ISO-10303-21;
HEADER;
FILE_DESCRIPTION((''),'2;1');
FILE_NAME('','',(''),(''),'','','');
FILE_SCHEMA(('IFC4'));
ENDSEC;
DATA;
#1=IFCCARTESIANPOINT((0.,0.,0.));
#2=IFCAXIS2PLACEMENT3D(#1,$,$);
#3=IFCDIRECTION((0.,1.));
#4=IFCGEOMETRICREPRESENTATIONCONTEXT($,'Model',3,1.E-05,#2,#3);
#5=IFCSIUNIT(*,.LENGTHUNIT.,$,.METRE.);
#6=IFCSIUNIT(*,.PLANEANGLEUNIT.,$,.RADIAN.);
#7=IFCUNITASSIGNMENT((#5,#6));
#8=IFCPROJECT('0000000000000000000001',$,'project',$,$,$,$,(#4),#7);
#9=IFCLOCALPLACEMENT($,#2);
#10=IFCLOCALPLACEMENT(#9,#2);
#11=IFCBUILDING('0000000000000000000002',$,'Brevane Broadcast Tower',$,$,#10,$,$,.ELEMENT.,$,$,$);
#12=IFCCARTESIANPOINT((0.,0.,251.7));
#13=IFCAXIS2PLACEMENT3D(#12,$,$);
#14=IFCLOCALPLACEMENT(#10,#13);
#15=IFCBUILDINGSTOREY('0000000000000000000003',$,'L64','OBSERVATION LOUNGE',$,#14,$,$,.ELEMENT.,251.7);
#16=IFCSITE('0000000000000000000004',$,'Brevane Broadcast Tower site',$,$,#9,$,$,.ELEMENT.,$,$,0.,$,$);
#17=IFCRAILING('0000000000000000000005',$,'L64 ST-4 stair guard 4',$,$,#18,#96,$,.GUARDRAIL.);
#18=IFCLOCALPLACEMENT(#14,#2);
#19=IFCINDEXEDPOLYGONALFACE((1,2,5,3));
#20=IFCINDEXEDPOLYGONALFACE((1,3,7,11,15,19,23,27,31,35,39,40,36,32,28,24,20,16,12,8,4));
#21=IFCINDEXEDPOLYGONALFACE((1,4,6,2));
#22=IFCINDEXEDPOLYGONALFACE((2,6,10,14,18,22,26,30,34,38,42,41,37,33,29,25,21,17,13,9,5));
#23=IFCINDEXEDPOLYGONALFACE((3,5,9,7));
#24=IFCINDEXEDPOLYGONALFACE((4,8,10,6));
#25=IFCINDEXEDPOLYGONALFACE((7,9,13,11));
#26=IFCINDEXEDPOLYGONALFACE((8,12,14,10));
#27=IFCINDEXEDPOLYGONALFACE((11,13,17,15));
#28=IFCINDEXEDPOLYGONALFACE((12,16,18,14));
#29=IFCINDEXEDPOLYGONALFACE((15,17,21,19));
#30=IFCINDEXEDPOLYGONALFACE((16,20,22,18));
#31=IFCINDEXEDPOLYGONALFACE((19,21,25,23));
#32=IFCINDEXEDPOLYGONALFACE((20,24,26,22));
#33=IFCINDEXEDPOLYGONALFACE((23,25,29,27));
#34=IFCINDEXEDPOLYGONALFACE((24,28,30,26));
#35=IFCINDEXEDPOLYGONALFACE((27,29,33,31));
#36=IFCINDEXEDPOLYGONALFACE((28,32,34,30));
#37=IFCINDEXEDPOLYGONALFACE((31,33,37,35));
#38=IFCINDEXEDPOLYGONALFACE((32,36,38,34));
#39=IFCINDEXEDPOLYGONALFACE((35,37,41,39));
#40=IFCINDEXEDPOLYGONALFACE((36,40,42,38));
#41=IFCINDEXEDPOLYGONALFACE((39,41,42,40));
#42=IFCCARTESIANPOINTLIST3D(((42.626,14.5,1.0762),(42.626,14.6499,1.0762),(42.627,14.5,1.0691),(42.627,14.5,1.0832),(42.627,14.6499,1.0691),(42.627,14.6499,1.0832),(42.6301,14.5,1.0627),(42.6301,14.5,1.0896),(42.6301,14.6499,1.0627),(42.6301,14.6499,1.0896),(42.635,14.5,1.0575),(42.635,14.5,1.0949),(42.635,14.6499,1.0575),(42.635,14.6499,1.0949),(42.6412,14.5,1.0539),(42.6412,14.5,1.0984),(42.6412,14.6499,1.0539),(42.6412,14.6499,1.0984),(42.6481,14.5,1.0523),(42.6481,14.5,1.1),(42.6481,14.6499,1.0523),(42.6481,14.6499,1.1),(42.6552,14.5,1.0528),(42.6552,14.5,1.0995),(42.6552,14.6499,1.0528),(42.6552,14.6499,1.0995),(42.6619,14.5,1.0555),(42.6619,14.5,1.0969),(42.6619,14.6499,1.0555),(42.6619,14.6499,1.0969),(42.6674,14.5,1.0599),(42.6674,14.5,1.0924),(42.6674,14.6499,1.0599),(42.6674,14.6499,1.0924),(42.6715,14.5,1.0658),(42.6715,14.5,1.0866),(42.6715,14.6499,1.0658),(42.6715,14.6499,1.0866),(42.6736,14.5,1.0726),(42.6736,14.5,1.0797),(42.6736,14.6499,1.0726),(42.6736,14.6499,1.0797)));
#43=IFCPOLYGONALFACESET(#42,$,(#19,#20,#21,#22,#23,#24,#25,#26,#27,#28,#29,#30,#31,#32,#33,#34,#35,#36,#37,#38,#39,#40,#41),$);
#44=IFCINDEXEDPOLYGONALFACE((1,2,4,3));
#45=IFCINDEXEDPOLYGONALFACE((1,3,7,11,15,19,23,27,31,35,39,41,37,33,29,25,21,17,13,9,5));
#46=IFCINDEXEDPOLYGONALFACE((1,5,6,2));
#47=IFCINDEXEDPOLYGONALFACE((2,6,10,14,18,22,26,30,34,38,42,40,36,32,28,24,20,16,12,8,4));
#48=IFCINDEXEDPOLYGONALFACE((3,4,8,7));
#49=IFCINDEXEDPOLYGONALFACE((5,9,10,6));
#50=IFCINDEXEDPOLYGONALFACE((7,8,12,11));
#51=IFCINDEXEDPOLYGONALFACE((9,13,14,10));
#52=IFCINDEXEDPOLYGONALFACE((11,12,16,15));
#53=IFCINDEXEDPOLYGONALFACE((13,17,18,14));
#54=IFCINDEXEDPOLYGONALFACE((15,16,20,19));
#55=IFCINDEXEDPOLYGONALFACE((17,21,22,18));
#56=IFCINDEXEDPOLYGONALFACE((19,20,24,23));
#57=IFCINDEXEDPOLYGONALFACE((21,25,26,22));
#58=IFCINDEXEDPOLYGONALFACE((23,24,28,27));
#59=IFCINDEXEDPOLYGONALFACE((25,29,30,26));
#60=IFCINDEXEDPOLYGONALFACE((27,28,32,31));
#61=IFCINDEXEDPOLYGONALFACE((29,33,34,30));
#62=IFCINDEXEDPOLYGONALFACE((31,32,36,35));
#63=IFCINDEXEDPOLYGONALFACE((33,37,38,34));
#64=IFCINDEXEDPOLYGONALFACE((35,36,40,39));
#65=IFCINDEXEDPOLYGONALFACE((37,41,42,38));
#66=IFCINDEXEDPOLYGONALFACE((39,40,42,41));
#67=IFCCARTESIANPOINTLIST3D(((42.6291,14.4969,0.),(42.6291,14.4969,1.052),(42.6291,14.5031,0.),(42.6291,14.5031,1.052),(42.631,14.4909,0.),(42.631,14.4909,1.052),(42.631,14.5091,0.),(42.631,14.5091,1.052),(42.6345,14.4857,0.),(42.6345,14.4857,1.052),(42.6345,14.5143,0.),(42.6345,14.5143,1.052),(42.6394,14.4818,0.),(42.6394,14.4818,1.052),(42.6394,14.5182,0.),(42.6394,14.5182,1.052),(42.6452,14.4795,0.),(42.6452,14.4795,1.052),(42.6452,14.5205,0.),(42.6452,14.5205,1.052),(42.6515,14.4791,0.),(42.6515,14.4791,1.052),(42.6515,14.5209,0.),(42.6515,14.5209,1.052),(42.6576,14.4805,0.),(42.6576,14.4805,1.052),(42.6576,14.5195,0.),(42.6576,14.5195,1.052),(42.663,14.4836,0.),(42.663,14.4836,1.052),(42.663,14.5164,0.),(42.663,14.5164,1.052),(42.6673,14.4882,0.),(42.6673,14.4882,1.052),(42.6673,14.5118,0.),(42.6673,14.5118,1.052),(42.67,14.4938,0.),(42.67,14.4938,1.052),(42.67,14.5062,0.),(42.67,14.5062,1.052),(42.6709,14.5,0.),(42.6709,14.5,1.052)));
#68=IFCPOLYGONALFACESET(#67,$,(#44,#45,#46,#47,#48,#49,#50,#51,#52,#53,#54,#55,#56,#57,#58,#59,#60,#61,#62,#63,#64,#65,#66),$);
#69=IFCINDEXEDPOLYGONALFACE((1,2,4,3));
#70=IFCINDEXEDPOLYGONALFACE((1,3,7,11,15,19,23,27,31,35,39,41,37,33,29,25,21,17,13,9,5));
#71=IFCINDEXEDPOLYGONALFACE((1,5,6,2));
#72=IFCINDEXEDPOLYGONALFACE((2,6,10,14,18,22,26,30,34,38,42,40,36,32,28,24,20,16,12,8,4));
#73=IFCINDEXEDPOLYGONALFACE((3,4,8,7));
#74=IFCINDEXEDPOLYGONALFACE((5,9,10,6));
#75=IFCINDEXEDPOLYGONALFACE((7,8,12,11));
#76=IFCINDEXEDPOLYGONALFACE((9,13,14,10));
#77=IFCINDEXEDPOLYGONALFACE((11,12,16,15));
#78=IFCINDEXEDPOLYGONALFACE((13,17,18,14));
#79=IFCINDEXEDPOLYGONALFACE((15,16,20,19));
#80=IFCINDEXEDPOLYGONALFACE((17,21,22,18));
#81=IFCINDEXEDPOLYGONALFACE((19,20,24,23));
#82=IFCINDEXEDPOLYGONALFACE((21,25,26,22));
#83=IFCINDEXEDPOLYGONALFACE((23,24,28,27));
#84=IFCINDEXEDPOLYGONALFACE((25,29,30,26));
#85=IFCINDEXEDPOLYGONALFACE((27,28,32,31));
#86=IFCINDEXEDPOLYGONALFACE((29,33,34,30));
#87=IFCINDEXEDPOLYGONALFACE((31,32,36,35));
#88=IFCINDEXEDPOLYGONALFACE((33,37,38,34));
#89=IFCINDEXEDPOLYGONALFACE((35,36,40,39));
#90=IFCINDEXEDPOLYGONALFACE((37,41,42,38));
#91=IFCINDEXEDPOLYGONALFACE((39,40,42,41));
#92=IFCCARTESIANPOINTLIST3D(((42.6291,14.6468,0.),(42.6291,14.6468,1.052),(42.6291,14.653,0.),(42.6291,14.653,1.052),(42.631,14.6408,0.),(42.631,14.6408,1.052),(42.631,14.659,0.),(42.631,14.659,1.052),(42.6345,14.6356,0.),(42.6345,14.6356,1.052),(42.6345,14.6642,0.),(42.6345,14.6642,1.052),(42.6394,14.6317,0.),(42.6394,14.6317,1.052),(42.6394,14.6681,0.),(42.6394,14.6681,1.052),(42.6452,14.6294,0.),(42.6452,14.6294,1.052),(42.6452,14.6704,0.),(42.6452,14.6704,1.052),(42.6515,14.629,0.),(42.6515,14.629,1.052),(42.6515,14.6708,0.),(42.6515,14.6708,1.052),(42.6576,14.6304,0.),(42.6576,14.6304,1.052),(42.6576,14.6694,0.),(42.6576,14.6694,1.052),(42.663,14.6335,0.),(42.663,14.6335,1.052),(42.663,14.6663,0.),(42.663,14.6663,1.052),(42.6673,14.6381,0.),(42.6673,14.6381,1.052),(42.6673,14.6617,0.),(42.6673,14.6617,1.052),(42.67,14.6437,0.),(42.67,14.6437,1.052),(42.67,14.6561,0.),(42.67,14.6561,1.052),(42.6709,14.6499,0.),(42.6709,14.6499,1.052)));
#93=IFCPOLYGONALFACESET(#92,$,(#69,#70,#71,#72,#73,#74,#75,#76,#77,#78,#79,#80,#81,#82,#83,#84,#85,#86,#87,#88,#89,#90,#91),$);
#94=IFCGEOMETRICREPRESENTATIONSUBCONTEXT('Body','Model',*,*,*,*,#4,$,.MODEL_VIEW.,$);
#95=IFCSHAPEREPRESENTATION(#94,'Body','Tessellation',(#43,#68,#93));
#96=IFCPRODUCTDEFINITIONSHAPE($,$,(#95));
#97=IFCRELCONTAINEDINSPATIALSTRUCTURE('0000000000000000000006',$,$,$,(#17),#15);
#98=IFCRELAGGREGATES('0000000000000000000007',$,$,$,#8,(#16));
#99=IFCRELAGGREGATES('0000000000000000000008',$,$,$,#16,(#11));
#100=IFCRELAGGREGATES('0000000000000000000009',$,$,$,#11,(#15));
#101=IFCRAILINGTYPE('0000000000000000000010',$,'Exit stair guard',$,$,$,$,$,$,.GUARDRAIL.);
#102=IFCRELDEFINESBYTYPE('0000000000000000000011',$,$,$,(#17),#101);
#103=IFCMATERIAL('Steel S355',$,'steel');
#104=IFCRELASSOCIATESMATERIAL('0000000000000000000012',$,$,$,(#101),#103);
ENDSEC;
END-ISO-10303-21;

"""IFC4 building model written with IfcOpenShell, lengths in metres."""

from ifc_helpers import new_model, si_unit, direction, frame, origin, origin_2d, place, context, subcontext, project, spatial, circle, extrude, material, type_object, element, save


model = new_model("IFC4")

# Units and contexts
model_context = context("Model", 3, precision=1e-05, world=origin(), true_north=direction((0.0, 1.0)))
body_context = subcontext(model_context, "Body", "Model", "MODEL_VIEW")
ifc_project = project(units=[si_unit("LENGTHUNIT", "METRE"), si_unit("PLANEANGLEUNIT", "RADIAN")], contexts=[model_context])

# Site, building, storey
site_placement = place(None, origin())
site = spatial("IfcSite", under=ifc_project, at=site_placement, Name="Brevane Broadcast Tower site", CompositionType="ELEMENT", RefElevation=0.0)
building_placement = place(site_placement, origin())
building = spatial("IfcBuilding", under=site, at=building_placement, Name="Brevane Broadcast Tower", CompositionType="ELEMENT")
storey_placement = place(building_placement, frame((0.0, 0.0, 251.7)))
storey = spatial("IfcBuildingStorey", under=building, at=storey_placement, Name="L64", Description="OBSERVATION LOUNGE", CompositionType="ELEMENT", Elevation=251.7)

# Railing
ifc_material_1 = material(Name="Steel S355", Category="steel")
railing_type_1 = type_object("IfcRailingType", Name="Exit stair guard", PredefinedType="GUARDRAIL", material=ifc_material_1)
railing_1_placement = place(storey_placement, frame((42.6499, 14.5, 0.0)))
element("IfcRailing", 1, at=railing_1_placement, inside=storey, type_object=railing_type_1, Name="L64 ST-4 stair guard 4", PredefinedType="GUARDRAIL", context=body_context, shape_type="SweptSolid", body=[
    extrude(circle(Radius=0.0239, at=origin_2d()), frame((0.0, 0.0, 1.0762), z_axis=(0.0, 1.0, 0.0), x_axis=(-1.0, 0.0, 0.0)), (0.0, 0.0, 1.0), 0.1499),
    extrude(circle(Radius=0.021, at=origin_2d()), origin(), (0.0, 0.0, 1.0), 1.052),
    extrude(circle(Radius=0.021, at=origin_2d()), frame((0.0, 0.1499, 0.0)), (0.0, 0.0, 1.0), 1.052),
])

save(model, "model.ifc")
